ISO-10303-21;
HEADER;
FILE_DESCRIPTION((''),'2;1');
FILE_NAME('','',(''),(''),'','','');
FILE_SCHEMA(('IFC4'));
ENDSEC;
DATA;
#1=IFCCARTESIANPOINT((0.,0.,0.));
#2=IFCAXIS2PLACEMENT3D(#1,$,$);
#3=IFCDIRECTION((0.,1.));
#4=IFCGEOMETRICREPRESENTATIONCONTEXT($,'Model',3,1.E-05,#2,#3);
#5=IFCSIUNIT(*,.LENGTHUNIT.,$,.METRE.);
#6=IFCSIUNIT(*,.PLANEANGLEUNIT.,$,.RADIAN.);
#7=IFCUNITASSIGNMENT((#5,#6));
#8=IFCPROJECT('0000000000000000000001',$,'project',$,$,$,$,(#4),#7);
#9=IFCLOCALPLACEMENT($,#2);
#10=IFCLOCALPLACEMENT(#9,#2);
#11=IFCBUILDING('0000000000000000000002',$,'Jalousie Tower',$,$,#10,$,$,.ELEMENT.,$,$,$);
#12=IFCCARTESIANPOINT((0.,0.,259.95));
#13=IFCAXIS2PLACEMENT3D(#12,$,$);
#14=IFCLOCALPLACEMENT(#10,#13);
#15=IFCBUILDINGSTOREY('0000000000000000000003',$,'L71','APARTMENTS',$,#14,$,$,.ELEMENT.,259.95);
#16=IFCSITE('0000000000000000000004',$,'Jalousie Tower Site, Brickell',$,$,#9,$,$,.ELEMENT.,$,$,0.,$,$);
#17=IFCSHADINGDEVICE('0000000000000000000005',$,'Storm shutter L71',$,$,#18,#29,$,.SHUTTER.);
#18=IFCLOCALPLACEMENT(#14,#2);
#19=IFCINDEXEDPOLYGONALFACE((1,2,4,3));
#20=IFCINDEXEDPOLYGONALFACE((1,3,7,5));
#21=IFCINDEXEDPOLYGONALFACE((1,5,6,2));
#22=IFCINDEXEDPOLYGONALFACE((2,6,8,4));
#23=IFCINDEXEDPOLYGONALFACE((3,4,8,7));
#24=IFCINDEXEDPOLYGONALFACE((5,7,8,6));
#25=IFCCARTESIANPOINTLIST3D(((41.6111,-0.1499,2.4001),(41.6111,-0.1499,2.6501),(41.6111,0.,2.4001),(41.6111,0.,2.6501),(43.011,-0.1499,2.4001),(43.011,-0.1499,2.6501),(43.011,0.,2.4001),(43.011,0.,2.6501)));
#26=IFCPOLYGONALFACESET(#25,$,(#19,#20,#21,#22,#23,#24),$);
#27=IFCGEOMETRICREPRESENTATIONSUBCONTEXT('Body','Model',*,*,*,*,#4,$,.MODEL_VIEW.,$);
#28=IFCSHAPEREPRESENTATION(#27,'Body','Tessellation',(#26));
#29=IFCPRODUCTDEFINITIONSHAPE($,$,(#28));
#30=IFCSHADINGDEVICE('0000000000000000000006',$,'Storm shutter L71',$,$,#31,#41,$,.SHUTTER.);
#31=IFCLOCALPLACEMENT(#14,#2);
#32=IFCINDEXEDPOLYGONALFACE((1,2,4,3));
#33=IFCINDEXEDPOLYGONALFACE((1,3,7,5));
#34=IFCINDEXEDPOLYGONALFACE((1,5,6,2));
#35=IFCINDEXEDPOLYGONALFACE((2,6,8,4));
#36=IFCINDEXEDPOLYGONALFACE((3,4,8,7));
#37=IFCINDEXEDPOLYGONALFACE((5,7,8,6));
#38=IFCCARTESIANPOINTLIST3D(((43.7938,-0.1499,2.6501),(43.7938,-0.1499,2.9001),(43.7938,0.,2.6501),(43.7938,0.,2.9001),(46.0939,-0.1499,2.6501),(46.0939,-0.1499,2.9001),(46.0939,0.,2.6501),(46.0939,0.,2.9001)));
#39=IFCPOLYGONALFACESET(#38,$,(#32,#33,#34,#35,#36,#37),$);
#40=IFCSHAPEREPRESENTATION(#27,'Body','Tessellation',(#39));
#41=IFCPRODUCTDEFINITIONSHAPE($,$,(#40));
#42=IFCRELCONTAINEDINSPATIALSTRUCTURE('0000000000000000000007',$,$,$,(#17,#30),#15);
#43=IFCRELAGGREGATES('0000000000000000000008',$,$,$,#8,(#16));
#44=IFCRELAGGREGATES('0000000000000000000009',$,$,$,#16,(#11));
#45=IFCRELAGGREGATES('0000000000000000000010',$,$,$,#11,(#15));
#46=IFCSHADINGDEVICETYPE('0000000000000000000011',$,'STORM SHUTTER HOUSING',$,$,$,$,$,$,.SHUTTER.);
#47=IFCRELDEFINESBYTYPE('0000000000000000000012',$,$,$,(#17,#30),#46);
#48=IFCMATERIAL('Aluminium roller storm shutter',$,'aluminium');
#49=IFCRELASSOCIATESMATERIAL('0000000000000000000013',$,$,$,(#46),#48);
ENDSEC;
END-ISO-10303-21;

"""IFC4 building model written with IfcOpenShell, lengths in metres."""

from ifc_helpers import new_model, si_unit, direction, frame, origin, origin_2d, place, context, subcontext, project, spatial, rectangle, extrude, material, type_object, element, save


model = new_model("IFC4")

# Units and contexts
model_context = context("Model", 3, precision=1e-05, world=origin(), true_north=direction((0.0, 1.0)))
body_context = subcontext(model_context, "Body", "Model", "MODEL_VIEW")
ifc_project = project(units=[si_unit("LENGTHUNIT", "METRE"), si_unit("PLANEANGLEUNIT", "RADIAN")], contexts=[model_context])

# Site, building, storey
site_placement = place(None, origin())
site = spatial("IfcSite", under=ifc_project, at=site_placement, Name="Jalousie Tower Site, Brickell", CompositionType="ELEMENT", RefElevation=0.0)
building_placement = place(site_placement, origin())
building = spatial("IfcBuilding", under=site, at=building_placement, Name="Jalousie Tower", CompositionType="ELEMENT")
storey_placement = place(building_placement, frame((0.0, 0.0, 259.95)))
storey = spatial("IfcBuildingStorey", under=building, at=storey_placement, Name="L71", Description="APARTMENTS", CompositionType="ELEMENT", Elevation=259.95)

# Shading devices
ifc_material_1 = material(Name="Aluminium roller storm shutter", Category="aluminium")
shading_device_type = type_object("IfcShadingDeviceType", Name="STORM SHUTTER HOUSING", PredefinedType="SHUTTER", material=ifc_material_1)
shading_device_1_placement = place(storey_placement, frame((42.311, -0.075, 2.4001), z_axis=(0.0, 0.0, 1.0), x_axis=(1.0, 0.0, 0.0)))
element("IfcShadingDevice", 1, at=shading_device_1_placement, inside=storey, type_object=shading_device_type, Name="Storm shutter L71", PredefinedType="SHUTTER", context=body_context, shape_type="SweptSolid", body=[
    extrude(rectangle(XDim=1.3999, YDim=0.1499, at=origin_2d()), origin(), (0.0, 0.0, 1.0), 0.25),
])
shading_device_2_placement = place(storey_placement, frame((44.9438, -0.075, 2.6501), z_axis=(0.0, 0.0, 1.0), x_axis=(1.0, 0.0, 0.0)))
element("IfcShadingDevice", 2, at=shading_device_2_placement, inside=storey, type_object=shading_device_type, Name="Storm shutter L71", PredefinedType="SHUTTER", context=body_context, shape_type="SweptSolid", body=[
    extrude(rectangle(XDim=2.3, YDim=0.1499, at=origin_2d()), origin(), (0.0, 0.0, 1.0), 0.25),
])

save(model, "model.ifc")
